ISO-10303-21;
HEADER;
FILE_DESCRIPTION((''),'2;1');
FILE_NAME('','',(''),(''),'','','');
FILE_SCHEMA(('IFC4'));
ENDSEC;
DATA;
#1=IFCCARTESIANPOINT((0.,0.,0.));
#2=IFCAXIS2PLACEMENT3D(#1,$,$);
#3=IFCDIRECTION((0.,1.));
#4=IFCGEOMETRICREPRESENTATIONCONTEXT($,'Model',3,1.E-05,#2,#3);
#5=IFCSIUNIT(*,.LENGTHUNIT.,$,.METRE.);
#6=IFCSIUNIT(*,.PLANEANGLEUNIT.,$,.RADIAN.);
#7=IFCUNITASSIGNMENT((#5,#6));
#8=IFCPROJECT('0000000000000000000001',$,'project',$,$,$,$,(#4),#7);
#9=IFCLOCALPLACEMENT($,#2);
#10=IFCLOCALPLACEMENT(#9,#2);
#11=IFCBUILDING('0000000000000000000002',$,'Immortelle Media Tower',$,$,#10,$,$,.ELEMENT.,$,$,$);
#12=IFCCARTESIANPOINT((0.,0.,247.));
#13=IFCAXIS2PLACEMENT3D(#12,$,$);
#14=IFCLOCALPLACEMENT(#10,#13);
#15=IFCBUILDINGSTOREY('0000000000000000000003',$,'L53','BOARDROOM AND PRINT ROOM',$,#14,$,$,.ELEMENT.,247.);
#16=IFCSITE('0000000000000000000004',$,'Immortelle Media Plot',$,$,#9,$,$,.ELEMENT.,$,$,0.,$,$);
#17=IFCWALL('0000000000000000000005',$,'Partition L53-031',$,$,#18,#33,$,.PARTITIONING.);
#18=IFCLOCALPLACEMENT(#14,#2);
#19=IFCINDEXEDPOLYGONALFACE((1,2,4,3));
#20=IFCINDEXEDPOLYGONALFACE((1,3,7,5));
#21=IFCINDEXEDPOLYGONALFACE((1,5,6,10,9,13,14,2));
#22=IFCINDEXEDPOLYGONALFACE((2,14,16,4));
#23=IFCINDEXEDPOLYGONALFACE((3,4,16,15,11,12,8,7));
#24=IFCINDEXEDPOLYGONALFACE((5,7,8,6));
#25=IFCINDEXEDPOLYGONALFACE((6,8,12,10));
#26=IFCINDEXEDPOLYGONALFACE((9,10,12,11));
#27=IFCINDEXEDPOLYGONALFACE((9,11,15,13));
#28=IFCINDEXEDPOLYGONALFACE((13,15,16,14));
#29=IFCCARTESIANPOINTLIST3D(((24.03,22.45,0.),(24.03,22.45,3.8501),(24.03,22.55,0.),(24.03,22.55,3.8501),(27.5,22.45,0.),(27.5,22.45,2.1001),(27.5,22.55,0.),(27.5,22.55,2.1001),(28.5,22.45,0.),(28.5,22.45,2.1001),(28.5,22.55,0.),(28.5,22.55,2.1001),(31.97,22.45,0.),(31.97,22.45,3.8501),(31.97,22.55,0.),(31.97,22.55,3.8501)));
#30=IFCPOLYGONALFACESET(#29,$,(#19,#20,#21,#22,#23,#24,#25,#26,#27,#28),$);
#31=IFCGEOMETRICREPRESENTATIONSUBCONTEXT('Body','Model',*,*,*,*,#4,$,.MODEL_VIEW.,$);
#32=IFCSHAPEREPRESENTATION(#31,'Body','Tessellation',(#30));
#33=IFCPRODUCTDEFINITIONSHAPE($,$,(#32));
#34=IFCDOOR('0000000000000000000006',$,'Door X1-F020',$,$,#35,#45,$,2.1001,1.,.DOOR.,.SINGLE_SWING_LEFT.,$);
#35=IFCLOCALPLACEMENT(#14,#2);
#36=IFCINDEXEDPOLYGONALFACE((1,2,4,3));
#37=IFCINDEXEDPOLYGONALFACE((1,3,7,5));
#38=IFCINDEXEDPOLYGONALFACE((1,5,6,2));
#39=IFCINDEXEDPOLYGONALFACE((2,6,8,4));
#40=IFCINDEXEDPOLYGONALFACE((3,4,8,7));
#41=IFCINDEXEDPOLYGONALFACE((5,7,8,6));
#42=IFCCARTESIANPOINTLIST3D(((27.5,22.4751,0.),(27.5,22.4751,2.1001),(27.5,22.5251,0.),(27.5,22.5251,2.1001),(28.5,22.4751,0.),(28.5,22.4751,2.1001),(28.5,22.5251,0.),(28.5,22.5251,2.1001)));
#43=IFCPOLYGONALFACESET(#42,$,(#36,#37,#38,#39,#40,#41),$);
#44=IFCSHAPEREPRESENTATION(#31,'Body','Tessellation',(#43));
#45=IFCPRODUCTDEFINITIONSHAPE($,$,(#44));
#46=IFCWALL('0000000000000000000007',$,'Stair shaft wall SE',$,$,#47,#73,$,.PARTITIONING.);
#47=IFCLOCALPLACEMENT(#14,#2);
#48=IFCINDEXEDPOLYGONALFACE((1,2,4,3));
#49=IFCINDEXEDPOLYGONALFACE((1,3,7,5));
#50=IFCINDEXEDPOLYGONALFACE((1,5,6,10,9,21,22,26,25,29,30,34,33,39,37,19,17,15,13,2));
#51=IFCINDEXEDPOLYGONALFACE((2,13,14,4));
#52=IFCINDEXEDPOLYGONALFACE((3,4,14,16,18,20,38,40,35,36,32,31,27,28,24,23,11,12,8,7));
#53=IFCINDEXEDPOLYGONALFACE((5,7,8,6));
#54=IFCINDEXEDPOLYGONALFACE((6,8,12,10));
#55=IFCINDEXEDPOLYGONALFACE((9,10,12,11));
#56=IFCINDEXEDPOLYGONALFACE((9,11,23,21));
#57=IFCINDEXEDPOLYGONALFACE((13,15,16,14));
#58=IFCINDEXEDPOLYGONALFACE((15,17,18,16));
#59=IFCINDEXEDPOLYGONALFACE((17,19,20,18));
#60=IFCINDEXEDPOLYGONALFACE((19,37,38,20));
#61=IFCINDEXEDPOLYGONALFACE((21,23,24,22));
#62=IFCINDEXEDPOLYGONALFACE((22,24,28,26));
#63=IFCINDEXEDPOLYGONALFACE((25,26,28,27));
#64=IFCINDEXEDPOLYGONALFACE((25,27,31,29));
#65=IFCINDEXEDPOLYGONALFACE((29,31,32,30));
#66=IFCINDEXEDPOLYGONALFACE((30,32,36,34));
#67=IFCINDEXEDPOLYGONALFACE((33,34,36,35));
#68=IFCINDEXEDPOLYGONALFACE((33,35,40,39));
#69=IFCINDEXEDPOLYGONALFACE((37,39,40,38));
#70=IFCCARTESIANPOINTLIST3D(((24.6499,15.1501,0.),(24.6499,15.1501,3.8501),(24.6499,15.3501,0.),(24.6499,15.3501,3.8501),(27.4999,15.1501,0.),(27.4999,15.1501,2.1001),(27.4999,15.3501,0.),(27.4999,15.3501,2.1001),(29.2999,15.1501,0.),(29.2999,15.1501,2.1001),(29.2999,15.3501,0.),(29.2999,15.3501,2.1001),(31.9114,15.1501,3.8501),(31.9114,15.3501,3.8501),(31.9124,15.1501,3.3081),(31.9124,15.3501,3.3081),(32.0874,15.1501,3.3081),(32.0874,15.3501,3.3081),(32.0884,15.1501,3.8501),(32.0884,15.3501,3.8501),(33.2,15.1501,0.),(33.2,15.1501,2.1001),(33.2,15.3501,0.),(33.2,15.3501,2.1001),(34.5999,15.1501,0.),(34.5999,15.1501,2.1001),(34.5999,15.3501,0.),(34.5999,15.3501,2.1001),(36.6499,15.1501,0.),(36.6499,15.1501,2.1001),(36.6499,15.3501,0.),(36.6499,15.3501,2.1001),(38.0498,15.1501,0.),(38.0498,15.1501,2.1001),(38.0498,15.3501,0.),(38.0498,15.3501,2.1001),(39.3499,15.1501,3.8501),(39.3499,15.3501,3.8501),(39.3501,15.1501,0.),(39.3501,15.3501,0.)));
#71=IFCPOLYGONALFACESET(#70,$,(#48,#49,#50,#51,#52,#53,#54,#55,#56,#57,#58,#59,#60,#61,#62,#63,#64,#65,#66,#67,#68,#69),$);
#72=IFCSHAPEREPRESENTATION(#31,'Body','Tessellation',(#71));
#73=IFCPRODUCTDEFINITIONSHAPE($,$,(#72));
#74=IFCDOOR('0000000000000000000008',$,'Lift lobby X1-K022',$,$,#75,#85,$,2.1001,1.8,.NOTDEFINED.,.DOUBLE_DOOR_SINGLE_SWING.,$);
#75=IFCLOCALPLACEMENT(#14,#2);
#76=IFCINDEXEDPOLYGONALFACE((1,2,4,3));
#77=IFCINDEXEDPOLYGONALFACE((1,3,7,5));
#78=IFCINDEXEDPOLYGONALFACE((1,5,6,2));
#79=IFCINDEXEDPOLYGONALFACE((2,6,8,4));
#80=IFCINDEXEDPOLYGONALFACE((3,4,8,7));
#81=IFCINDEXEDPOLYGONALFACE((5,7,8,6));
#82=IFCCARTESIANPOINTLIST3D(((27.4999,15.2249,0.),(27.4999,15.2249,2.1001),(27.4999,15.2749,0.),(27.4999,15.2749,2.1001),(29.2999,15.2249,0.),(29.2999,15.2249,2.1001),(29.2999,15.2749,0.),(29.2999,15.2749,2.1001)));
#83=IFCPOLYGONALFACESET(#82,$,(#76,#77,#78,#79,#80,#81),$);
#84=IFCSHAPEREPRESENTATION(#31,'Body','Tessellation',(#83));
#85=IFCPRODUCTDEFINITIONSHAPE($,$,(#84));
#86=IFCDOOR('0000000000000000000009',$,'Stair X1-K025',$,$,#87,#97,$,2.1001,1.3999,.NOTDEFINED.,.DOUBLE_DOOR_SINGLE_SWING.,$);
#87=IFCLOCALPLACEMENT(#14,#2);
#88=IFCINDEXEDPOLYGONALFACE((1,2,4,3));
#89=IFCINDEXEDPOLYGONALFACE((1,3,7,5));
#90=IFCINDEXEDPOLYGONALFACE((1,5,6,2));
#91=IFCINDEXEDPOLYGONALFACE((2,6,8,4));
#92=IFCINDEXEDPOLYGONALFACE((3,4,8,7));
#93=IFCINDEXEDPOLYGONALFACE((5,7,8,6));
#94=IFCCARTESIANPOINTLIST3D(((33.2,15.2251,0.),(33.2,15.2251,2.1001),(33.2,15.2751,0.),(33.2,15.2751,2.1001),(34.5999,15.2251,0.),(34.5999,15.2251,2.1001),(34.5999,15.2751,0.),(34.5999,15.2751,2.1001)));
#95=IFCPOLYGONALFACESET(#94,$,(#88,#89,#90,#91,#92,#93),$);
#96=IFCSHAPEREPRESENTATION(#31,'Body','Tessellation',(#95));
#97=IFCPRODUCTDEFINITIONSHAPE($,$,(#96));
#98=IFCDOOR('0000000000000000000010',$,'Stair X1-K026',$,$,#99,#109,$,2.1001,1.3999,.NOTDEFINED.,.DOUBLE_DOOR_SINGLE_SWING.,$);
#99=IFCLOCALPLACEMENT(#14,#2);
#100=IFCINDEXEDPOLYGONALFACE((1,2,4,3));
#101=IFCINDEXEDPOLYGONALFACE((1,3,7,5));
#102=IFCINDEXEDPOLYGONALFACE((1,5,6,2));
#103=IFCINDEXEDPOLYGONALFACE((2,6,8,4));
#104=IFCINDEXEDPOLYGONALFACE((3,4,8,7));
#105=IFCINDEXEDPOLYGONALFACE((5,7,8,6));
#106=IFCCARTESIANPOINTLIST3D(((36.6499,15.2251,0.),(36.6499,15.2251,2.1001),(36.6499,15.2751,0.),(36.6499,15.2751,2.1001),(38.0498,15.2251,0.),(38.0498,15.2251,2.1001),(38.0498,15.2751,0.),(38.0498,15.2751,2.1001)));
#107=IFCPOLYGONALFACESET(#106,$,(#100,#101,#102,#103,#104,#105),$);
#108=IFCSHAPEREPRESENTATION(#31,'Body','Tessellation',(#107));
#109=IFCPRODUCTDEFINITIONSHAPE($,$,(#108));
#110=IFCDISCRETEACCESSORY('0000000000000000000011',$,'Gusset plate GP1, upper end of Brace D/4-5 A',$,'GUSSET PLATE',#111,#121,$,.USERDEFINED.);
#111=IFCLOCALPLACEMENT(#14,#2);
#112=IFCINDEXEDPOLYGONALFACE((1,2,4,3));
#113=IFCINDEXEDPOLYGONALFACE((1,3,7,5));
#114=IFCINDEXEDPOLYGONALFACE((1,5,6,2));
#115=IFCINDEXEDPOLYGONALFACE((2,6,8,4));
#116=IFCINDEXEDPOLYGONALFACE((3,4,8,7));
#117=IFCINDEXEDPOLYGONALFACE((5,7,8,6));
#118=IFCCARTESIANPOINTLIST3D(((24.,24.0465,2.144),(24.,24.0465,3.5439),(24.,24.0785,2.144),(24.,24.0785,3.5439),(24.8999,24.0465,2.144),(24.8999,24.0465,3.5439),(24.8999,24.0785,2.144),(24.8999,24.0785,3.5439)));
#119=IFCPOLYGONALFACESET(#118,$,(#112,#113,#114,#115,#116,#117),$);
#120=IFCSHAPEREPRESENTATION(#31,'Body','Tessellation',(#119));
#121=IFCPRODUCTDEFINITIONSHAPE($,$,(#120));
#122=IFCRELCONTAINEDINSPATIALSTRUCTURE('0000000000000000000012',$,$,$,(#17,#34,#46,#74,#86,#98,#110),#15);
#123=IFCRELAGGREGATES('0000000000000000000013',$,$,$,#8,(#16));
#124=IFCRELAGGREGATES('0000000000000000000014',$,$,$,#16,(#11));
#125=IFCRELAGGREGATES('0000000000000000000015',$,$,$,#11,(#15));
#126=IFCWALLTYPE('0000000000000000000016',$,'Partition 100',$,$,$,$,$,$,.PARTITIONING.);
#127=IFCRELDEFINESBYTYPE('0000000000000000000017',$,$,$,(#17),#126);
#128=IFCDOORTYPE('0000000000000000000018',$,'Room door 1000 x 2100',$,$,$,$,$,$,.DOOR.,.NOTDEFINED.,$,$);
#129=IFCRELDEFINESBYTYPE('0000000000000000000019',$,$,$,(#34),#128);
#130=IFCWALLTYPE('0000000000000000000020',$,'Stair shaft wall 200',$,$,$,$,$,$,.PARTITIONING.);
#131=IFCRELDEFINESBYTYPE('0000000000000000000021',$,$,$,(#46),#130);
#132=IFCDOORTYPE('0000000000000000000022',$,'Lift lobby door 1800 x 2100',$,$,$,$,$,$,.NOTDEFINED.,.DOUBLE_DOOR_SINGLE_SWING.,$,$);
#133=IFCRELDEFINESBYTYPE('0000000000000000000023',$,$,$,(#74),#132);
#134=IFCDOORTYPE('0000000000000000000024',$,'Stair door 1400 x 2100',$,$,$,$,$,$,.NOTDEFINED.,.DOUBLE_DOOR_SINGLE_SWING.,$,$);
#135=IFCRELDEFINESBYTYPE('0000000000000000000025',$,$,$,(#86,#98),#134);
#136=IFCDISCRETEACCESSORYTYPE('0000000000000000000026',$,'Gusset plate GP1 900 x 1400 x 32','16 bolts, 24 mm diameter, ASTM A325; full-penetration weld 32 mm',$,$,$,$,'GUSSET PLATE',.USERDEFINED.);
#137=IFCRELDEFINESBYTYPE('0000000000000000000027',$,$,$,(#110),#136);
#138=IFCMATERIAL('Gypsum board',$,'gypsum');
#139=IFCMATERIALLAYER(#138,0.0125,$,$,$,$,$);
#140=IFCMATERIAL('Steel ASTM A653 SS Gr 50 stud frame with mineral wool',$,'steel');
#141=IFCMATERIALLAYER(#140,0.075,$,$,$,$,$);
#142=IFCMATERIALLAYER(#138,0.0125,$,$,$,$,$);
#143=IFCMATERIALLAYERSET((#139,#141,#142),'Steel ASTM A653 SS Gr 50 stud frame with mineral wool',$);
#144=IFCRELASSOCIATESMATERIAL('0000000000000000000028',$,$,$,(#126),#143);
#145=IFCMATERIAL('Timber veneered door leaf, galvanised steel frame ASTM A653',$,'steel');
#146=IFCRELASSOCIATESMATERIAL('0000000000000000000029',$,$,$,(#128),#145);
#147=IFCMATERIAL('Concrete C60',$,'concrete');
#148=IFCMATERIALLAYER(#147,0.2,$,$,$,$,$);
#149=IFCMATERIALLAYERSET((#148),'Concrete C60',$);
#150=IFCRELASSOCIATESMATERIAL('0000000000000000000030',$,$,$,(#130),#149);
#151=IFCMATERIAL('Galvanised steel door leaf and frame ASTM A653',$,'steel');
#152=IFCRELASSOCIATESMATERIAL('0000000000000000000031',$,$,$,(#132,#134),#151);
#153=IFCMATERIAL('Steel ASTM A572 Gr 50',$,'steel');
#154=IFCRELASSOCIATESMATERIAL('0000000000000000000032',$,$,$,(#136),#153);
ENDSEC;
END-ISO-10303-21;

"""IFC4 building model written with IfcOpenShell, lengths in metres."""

from ifc_helpers import new_model, si_unit, direction, frame, frame_2d, origin, origin_2d, place, context, subcontext, project, spatial, polyline, rectangle, outline, extrude, material, layer, layer_set, material_profile, profile_set, type_object, element, fill, save


model = new_model("IFC4")

# Units and contexts
model_context = context("Model", 3, precision=1e-05, world=origin(), true_north=direction((0.0, 1.0)))
body_context = subcontext(model_context, "Body", "Model", "MODEL_VIEW")
ifc_project = project(units=[si_unit("LENGTHUNIT", "METRE"), si_unit("PLANEANGLEUNIT", "RADIAN")], contexts=[model_context])

# Site, building, storey
site_placement = place(None, origin())
site = spatial("IfcSite", under=ifc_project, at=site_placement, Name="Immortelle Media Plot", CompositionType="ELEMENT", RefElevation=0.0)
building_placement = place(site_placement, origin())
building = spatial("IfcBuilding", under=site, at=building_placement, Name="Immortelle Media Tower", CompositionType="ELEMENT")
storey_placement = place(building_placement, frame((0.0, 0.0, 247.0)))
storey = spatial("IfcBuildingStorey", under=building, at=storey_placement, Name="L53", Description="BOARDROOM AND PRINT ROOM", CompositionType="ELEMENT", Elevation=247.0)

# Shared definitions
ifc_material_1 = material(Name="Steel ASTM A653 SS Gr 50 stud frame with mineral wool", Category="steel")

# Wall, opening, door
ifc_material_2 = material(Name="Gypsum board", Category="gypsum")
ifc_layer_1 = layer(ifc_material_2, 0.0125)
ifc_layer_2 = layer(ifc_material_1, 0.075)
ifc_layer_3 = layer(ifc_material_2, 0.0125)
ifc_layer_set_1 = layer_set([ifc_layer_1, ifc_layer_2, ifc_layer_3], Name="Steel ASTM A653 SS Gr 50 stud frame with mineral wool")
wall_type_1 = type_object("IfcWallType", Name="Partition 100", PredefinedType="PARTITIONING", material=ifc_layer_set_1)
wall_1_placement = place(storey_placement, frame((24.03, 22.5, 0.0), z_axis=(0.0, 0.0, 1.0), x_axis=(1.0, 0.0, 0.0)))
wall_1 = element("IfcWall", 1, at=wall_1_placement, inside=storey, type_object=wall_type_1, Name="Partition L53-031", PredefinedType="PARTITIONING", context=body_context, shape_type="SweptSolid", body=[
    extrude(rectangle(XDim=7.9399, YDim=0.1001, at=frame_2d((3.97, 0.0))), origin(), (0.0, 0.0, 1.0), 3.8501),
])
opening_1_placement = place(wall_1_placement, frame((4.47, 0.0, 0.0), z_axis=(0.0, 0.0, 1.0), x_axis=(-1.0, 0.0, 0.0)))
opening_1 = element("IfcOpeningElement", 2, at=opening_1_placement, cuts=wall_1, PredefinedType="OPENING", context=body_context, shape_type="SweptSolid", body=[
    extrude(rectangle(XDim=1.0, YDim=2.1001, at=frame_2d((0.5, 1.05))), frame((0.0, 0.0601, 0.0), z_axis=(0.0, -1.0, 0.0), x_axis=(1.0, 0.0, 0.0)), (0.0, 0.0, 1.0), 0.1201),
])
ifc_material_3 = material(Name="Timber veneered door leaf, galvanised steel frame ASTM A653", Category="steel")
door_type_1 = type_object("IfcDoorType", Name="Room door 1000 x 2100", OperationType="NOTDEFINED", PredefinedType="DOOR", material=ifc_material_3)
door_1_placement = place(opening_1_placement, origin())
door_1 = element("IfcDoor", 3, at=door_1_placement, inside=storey, type_object=door_type_1, Name="Door X1-F020", OperationType="SINGLE_SWING_LEFT", OverallHeight=2.1001, OverallWidth=1.0, PredefinedType="DOOR", context=body_context, shape_type="SweptSolid", body=[
    extrude(rectangle(XDim=1.0, YDim=2.1001, at=frame_2d((0.5, 1.05))), frame((0.0, 0.0249, 0.0), z_axis=(0.0, -1.0, 0.0), x_axis=(1.0, 0.0, 0.0)), (0.0, 0.0, 1.0), 0.05),
])
fill(opening_1, door_1)

# Wall, openings, doors
ifc_material_4 = material(Name="Concrete C60", Category="concrete")
ifc_layer_4 = layer(ifc_material_4, 0.2)
ifc_layer_set_2 = layer_set([ifc_layer_4], Name="Concrete C60")
wall_type_2 = type_object("IfcWallType", Name="Stair shaft wall 200", PredefinedType="PARTITIONING", material=ifc_layer_set_2)
wall_2_placement = place(storey_placement, frame((24.6499, 15.25, 0.0), z_axis=(0.0, 0.0, 1.0), x_axis=(1.0, 0.0, 0.0)))
wall_2 = element("IfcWall", 4, at=wall_2_placement, inside=storey, type_object=wall_type_2, Name="Stair shaft wall SE", PredefinedType="PARTITIONING", context=body_context, shape_type="SweptSolid", body=[
    extrude(outline(polyline([(0.0, 0.0), (14.7002, 0.0), (14.7, 3.8501), (7.4385, 3.8501), (7.4375, 3.3081), (7.2625, 3.3081), (7.2615, 3.8501), (0.0, 3.8501), (0.0, 0.0)])), frame((0.0, 0.1001, 0.0), z_axis=(0.0, -1.0, 0.0), x_axis=(1.0, 0.0, 0.0)), (0.0, 0.0, 1.0), 0.2),
])
opening_2_placement = place(wall_2_placement, frame((2.8501, 0.0, 0.0)))
opening_2 = element("IfcOpeningElement", 5, at=opening_2_placement, cuts=wall_2, PredefinedType="OPENING", context=body_context, shape_type="SweptSolid", body=[
    extrude(rectangle(XDim=1.8, YDim=2.1001, at=frame_2d((0.8999, 1.05))), frame((0.0, 0.1099, 0.0), z_axis=(0.0, -1.0, 0.0), x_axis=(1.0, 0.0, 0.0)), (0.0, 0.0, 1.0), 0.22),
])
opening_3_placement = place(wall_2_placement, frame((9.95, 0.0, 0.0), z_axis=(0.0, 0.0, 1.0), x_axis=(-1.0, 0.0, 0.0)))
opening_3 = element("IfcOpeningElement", 6, at=opening_3_placement, cuts=wall_2, PredefinedType="OPENING", context=body_context, shape_type="SweptSolid", body=[
    extrude(rectangle(XDim=1.3999, YDim=2.1001, at=frame_2d((0.7, 1.05))), frame((0.0, 0.1099, 0.0), z_axis=(0.0, -1.0, 0.0), x_axis=(1.0, 0.0, 0.0)), (0.0, 0.0, 1.0), 0.22),
])
opening_4_placement = place(wall_2_placement, frame((13.3999, 0.0, 0.0), z_axis=(0.0, 0.0, 1.0), x_axis=(-1.0, 0.0, 0.0)))
opening_4 = element("IfcOpeningElement", 7, at=opening_4_placement, cuts=wall_2, PredefinedType="OPENING", context=body_context, shape_type="SweptSolid", body=[
    extrude(rectangle(XDim=1.3999, YDim=2.1001, at=frame_2d((0.7, 1.05))), frame((0.0, 0.1099, 0.0), z_axis=(0.0, -1.0, 0.0), x_axis=(1.0, 0.0, 0.0)), (0.0, 0.0, 1.0), 0.22),
])
ifc_material_5 = material(Name="Galvanised steel door leaf and frame ASTM A653", Category="steel")
door_type_2 = type_object("IfcDoorType", Name="Lift lobby door 1800 x 2100", OperationType="DOUBLE_DOOR_SINGLE_SWING", PredefinedType="NOTDEFINED", material=ifc_material_5)
door_2_placement = place(opening_2_placement, origin())
door_2 = element("IfcDoor", 8, at=door_2_placement, inside=storey, type_object=door_type_2, Name="Lift lobby X1-K022", OperationType="DOUBLE_DOOR_SINGLE_SWING", OverallHeight=2.1001, OverallWidth=1.8, PredefinedType="NOTDEFINED", context=body_context, shape_type="SweptSolid", body=[
    extrude(rectangle(XDim=1.8, YDim=2.1001, at=frame_2d((0.8999, 1.05))), frame((0.0, 0.0249, 0.0), z_axis=(0.0, -1.0, 0.0), x_axis=(1.0, 0.0, 0.0)), (0.0, 0.0, 1.0), 0.05),
])
fill(opening_2, door_2)
door_type_3 = type_object("IfcDoorType", Name="Stair door 1400 x 2100", OperationType="DOUBLE_DOOR_SINGLE_SWING", PredefinedType="NOTDEFINED", material=ifc_material_5)
door_3_placement = place(opening_3_placement, origin())
door_3 = element("IfcDoor", 9, at=door_3_placement, inside=storey, type_object=door_type_3, Name="Stair X1-K025", OperationType="DOUBLE_DOOR_SINGLE_SWING", OverallHeight=2.1001, OverallWidth=1.3999, PredefinedType="NOTDEFINED", context=body_context, shape_type="SweptSolid", body=[
    extrude(rectangle(XDim=1.3999, YDim=2.1001, at=frame_2d((0.7, 1.05))), frame((0.0, 0.0249, 0.0), z_axis=(0.0, -1.0, 0.0), x_axis=(1.0, 0.0, 0.0)), (0.0, 0.0, 1.0), 0.05),
])
fill(opening_3, door_3)
door_4_placement = place(opening_4_placement, origin())
door_4 = element("IfcDoor", 10, at=door_4_placement, inside=storey, type_object=door_type_3, Name="Stair X1-K026", OperationType="DOUBLE_DOOR_SINGLE_SWING", OverallHeight=2.1001, OverallWidth=1.3999, PredefinedType="NOTDEFINED", context=body_context, shape_type="SweptSolid", body=[
    extrude(rectangle(XDim=1.3999, YDim=2.1001, at=frame_2d((0.7, 1.05))), frame((0.0, 0.0249, 0.0), z_axis=(0.0, -1.0, 0.0), x_axis=(1.0, 0.0, 0.0)), (0.0, 0.0, 1.0), 0.05),
])
fill(opening_4, door_4)

# Discrete accessory
ifc_material_6 = material(Name="Steel ASTM A572 Gr 50", Category="steel")
ifc_material_profile_1 = material_profile(ifc_material_6, rectangle(XDim=0.032, YDim=1.3999, at=origin_2d()), Name="PL 32 x 1400")
ifc_profile_set_1 = profile_set([ifc_material_profile_1], Name="Steel ASTM A572 Gr 50")
discrete_accessory_type = type_object("IfcDiscreteAccessoryType", Name="Gusset plate GP1 900 x 1400 x 32", Description="16 bolts, 24 mm diameter, ASTM A325; full-penetration weld 32 mm", ElementType="GUSSET PLATE", PredefinedType="USERDEFINED", material=ifc_profile_set_1)
discrete_accessory_placement = place(storey_placement, frame((24.0, 24.0625, 2.844), z_axis=(1.0, 0.0, 0.0), x_axis=(0.0, 1.0, 0.0)))
element("IfcDiscreteAccessory", 11, at=discrete_accessory_placement, inside=storey, type_object=discrete_accessory_type, Name="Gusset plate GP1, upper end of Brace D/4-5 A", ObjectType="GUSSET PLATE", PredefinedType="USERDEFINED", context=body_context, shape_type="SweptSolid", body=[
    extrude(rectangle(XDim=0.032, YDim=1.3999, at=origin_2d()), origin(), (0.0, 0.0, 1.0), 0.8999),
])

save(model, "model.ifc")
